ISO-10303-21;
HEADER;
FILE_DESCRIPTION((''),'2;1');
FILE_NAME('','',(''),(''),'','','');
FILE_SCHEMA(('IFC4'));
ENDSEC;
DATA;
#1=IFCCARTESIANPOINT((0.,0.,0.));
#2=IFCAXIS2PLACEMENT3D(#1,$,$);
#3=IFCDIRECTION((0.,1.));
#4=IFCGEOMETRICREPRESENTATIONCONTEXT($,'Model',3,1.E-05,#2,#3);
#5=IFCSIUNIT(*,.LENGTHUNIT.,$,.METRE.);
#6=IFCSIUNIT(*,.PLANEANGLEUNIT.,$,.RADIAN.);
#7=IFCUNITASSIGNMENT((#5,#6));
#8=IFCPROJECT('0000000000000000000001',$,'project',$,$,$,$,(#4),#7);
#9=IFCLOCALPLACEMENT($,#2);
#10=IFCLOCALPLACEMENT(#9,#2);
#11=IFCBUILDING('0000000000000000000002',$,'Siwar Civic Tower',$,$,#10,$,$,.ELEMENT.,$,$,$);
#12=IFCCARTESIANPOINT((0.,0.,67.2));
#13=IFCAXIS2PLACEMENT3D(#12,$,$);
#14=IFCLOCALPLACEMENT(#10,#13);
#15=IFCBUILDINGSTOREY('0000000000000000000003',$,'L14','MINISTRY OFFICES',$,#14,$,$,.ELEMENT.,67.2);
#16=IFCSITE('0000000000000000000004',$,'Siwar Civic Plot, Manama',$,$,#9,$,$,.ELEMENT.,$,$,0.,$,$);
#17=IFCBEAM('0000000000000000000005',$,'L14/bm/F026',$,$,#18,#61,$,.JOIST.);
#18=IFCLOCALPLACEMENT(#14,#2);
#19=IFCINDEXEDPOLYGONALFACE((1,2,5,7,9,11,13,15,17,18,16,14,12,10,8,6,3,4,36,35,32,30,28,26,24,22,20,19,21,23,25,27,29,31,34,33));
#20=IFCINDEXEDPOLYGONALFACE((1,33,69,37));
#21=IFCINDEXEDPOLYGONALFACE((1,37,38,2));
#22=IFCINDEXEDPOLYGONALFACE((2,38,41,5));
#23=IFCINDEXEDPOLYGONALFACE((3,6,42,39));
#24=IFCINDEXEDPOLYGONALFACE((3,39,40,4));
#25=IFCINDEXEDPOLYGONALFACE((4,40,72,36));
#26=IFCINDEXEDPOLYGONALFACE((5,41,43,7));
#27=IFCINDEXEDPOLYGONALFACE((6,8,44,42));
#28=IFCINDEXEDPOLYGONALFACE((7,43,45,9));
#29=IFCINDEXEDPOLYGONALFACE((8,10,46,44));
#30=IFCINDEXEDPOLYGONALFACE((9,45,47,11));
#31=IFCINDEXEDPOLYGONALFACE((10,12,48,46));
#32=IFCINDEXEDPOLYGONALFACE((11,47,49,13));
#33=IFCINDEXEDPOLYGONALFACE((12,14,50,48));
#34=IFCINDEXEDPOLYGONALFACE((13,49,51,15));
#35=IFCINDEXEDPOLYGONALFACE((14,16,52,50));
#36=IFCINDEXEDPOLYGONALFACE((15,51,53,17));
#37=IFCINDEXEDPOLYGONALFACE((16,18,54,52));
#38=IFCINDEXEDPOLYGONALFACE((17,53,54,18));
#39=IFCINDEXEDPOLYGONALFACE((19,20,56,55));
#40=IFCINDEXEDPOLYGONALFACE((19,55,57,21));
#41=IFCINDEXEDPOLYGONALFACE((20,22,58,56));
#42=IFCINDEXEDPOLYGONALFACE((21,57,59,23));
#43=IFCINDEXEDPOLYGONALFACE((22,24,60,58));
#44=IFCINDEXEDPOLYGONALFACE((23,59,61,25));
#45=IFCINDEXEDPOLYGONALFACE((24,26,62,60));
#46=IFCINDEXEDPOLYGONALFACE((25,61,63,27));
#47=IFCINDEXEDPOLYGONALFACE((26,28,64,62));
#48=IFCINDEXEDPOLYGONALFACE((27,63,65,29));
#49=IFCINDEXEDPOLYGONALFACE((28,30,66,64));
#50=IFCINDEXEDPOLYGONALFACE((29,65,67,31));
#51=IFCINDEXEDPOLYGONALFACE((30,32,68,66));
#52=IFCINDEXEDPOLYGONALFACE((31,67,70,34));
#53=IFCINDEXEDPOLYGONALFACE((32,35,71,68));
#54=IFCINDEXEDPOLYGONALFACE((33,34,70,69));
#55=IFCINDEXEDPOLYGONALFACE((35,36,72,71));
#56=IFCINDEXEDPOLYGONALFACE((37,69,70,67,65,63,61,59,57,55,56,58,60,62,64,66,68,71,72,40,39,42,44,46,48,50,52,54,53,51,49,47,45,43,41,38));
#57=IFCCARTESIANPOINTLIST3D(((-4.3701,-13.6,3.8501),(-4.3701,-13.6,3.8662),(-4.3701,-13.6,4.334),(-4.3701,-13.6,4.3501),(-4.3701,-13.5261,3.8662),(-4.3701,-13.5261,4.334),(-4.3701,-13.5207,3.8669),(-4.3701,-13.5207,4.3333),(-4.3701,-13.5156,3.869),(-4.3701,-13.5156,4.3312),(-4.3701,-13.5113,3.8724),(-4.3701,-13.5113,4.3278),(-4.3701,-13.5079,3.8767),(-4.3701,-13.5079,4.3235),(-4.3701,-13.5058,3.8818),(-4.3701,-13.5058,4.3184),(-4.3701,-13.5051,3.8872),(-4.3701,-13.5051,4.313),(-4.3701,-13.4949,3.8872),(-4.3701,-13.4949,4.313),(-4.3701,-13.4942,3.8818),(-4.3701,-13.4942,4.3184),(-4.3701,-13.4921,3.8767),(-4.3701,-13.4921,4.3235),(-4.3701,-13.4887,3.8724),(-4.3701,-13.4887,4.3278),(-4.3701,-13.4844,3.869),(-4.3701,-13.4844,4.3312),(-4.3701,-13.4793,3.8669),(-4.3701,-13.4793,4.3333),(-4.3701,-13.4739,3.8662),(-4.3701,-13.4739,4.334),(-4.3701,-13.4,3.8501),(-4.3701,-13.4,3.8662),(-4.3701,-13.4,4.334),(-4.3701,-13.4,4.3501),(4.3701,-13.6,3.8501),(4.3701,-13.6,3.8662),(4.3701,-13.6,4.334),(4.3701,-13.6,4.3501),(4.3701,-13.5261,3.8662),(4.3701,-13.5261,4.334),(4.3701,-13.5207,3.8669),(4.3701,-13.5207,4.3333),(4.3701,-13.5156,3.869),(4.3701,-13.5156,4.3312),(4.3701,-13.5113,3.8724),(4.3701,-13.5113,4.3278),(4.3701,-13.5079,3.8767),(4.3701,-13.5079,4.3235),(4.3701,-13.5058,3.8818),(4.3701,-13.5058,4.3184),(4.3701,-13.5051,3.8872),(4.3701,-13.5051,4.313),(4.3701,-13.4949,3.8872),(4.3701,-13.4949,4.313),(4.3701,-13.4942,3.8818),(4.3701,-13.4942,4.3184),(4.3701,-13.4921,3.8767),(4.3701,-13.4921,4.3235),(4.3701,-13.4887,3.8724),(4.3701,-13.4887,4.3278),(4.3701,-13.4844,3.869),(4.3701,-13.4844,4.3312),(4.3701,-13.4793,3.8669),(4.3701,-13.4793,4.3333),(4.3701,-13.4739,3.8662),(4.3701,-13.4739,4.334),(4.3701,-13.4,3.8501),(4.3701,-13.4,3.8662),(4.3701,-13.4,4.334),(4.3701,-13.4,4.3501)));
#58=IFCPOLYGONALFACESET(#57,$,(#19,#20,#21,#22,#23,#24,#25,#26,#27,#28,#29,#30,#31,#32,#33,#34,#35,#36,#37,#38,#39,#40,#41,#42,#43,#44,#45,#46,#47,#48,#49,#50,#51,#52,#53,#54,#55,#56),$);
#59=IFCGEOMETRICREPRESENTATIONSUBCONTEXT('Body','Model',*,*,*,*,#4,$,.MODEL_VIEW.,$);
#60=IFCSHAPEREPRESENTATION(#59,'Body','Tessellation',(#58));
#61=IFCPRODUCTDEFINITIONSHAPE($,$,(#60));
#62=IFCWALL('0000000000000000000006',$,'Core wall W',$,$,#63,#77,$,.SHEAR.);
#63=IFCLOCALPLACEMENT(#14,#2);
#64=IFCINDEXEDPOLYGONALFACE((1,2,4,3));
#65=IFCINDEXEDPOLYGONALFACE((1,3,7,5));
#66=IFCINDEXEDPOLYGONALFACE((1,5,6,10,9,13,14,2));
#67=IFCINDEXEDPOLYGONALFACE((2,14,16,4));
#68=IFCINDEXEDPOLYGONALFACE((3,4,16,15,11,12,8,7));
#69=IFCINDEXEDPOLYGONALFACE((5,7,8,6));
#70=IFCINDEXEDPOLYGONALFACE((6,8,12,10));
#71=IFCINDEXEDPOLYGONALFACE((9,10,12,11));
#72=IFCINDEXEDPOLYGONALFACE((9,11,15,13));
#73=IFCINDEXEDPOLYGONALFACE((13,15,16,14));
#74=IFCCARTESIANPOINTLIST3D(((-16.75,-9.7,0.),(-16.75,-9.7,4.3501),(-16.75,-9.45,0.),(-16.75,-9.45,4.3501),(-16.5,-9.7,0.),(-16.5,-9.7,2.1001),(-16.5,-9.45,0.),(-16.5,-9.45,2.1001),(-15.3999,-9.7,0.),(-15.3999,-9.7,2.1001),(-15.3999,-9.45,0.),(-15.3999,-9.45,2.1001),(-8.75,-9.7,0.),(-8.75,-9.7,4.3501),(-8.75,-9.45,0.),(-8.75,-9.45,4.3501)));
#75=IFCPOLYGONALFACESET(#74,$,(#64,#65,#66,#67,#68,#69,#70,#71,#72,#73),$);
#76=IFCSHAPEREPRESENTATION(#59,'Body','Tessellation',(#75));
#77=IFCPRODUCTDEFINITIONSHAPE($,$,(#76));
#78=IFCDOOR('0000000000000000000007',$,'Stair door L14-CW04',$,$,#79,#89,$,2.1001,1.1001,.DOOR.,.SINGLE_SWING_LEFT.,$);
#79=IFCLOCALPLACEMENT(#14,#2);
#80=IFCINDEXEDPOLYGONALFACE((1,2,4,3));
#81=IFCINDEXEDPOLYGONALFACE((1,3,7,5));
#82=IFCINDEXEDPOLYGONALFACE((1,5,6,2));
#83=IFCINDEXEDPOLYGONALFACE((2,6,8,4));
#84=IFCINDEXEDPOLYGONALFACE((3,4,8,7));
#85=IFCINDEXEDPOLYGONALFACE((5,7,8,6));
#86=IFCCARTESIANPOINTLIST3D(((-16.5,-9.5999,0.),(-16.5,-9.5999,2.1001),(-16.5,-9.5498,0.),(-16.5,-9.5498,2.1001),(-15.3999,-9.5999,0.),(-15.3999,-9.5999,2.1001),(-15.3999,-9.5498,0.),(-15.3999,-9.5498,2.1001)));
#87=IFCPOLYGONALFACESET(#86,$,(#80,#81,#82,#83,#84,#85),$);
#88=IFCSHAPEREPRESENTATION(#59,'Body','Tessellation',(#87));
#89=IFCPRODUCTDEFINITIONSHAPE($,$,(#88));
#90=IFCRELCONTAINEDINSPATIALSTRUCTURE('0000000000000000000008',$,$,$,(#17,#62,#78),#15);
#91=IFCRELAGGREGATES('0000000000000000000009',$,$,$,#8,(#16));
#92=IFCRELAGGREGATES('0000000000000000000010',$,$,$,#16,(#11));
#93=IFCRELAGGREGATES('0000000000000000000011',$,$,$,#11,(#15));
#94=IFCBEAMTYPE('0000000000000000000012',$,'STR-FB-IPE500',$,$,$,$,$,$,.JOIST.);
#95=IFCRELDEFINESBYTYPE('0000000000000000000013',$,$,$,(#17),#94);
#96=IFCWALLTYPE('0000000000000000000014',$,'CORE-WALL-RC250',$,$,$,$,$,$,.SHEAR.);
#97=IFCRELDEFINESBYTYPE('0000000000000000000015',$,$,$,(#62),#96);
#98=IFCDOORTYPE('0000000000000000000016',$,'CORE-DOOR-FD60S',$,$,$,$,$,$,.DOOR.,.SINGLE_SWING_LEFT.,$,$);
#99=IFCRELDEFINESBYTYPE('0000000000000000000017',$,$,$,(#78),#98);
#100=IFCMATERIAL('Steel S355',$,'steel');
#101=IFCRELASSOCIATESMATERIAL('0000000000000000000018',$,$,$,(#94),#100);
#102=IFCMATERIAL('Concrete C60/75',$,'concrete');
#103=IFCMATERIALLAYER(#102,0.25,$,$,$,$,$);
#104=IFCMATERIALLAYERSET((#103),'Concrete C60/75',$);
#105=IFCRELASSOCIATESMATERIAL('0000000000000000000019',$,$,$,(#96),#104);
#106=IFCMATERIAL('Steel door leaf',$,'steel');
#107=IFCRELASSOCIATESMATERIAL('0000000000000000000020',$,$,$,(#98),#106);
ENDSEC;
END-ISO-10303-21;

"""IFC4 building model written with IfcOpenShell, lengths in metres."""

from ifc_helpers import new_model, si_unit, direction, frame, frame_2d, origin, origin_2d, place, context, subcontext, project, spatial, rectangle, i_section, extrude, material, layer, layer_set, material_profile, profile_set, type_object, element, fill, save


model = new_model("IFC4")

# Units and contexts
model_context = context("Model", 3, precision=1e-05, world=origin(), true_north=direction((0.0, 1.0)))
body_context = subcontext(model_context, "Body", "Model", "MODEL_VIEW")
ifc_project = project(units=[si_unit("LENGTHUNIT", "METRE"), si_unit("PLANEANGLEUNIT", "RADIAN")], contexts=[model_context])

# Site, building, storey
site_placement = place(None, origin())
site = spatial("IfcSite", under=ifc_project, at=site_placement, Name="Siwar Civic Plot, Manama", CompositionType="ELEMENT", RefElevation=0.0)
building_placement = place(site_placement, origin())
building = spatial("IfcBuilding", under=site, at=building_placement, Name="Siwar Civic Tower", CompositionType="ELEMENT")
storey_placement = place(building_placement, frame((0.0, 0.0, 67.2)))
storey = spatial("IfcBuildingStorey", under=building, at=storey_placement, Name="L14", Description="MINISTRY OFFICES", CompositionType="ELEMENT", Elevation=67.2)

# Beam
ifc_material_1 = material(Name="Steel S355", Category="steel")
ifc_material_profile = material_profile(ifc_material_1, i_section(OverallWidth=0.2, OverallDepth=0.5, WebThickness=0.0103, FlangeThickness=0.0161, FilletRadius=0.021, at=origin_2d()), Name="IPE500")
ifc_profile_set = profile_set([ifc_material_profile], Name="Steel S355")
beam_type = type_object("IfcBeamType", Name="STR-FB-IPE500", PredefinedType="JOIST", material=ifc_profile_set)
beam_1_placement = place(storey_placement, frame((-4.3701, -13.5, 4.1001), z_axis=(1.0, 0.0, 0.0), x_axis=(0.0, 1.0, 0.0)))
element("IfcBeam", 1, at=beam_1_placement, inside=storey, type_object=beam_type, Name="L14/bm/F026", PredefinedType="JOIST", context=body_context, shape_type="SweptSolid", body=[
    extrude(i_section(OverallWidth=0.2, OverallDepth=0.5, WebThickness=0.0103, FlangeThickness=0.0161, FilletRadius=0.021, at=origin_2d()), origin(), (0.0, 0.0, 1.0), 8.7402),
])

# Wall, opening, door
ifc_material_2 = material(Name="Concrete C60/75", Category="concrete")
ifc_layer_1 = layer(ifc_material_2, 0.25)
ifc_layer_set_1 = layer_set([ifc_layer_1], Name="Concrete C60/75")
wall_type_1 = type_object("IfcWallType", Name="CORE-WALL-RC250", PredefinedType="SHEAR", material=ifc_layer_set_1)
wall_1_placement = place(storey_placement, frame((-8.75, -9.575, 0.0), z_axis=(0.0, 0.0, 1.0), x_axis=(-1.0, 0.0, 0.0)))
wall_1 = element("IfcWall", 2, at=wall_1_placement, inside=storey, type_object=wall_type_1, Name="Core wall W", PredefinedType="SHEAR", context=body_context, shape_type="SweptSolid", body=[
    extrude(rectangle(XDim=8.0, YDim=0.25, at=frame_2d((4.0, 0.0))), origin(), (0.0, 0.0, 1.0), 4.3501),
])
opening_1_placement = place(wall_1_placement, frame((6.6499, 0.0, 0.0)))
opening_1 = element("IfcOpeningElement", 3, at=opening_1_placement, cuts=wall_1, PredefinedType="OPENING", context=body_context, shape_type="SweptSolid", body=[
    extrude(rectangle(XDim=1.1001, YDim=2.1001, at=frame_2d((0.55, 1.05))), frame((0.0, 0.135, 0.0), z_axis=(0.0, -1.0, 0.0), x_axis=(1.0, 0.0, 0.0)), (0.0, 0.0, 1.0), 0.27),
])
ifc_material_3 = material(Name="Steel door leaf", Category="steel")
door_type_1 = type_object("IfcDoorType", Name="CORE-DOOR-FD60S", OperationType="SINGLE_SWING_LEFT", PredefinedType="DOOR", material=ifc_material_3)
door_1_placement = place(opening_1_placement, origin())
door_1 = element("IfcDoor", 4, at=door_1_placement, inside=storey, type_object=door_type_1, Name="Stair door L14-CW04", OperationType="SINGLE_SWING_LEFT", OverallHeight=2.1001, OverallWidth=1.1001, PredefinedType="DOOR", context=body_context, shape_type="SweptSolid", body=[
    extrude(rectangle(XDim=1.1001, YDim=2.1001, at=frame_2d((0.55, 1.05))), frame((0.0, 0.0249, 0.0), z_axis=(0.0, -1.0, 0.0), x_axis=(1.0, 0.0, 0.0)), (0.0, 0.0, 1.0), 0.05),
])
fill(opening_1, door_1)

save(model, "model.ifc")
